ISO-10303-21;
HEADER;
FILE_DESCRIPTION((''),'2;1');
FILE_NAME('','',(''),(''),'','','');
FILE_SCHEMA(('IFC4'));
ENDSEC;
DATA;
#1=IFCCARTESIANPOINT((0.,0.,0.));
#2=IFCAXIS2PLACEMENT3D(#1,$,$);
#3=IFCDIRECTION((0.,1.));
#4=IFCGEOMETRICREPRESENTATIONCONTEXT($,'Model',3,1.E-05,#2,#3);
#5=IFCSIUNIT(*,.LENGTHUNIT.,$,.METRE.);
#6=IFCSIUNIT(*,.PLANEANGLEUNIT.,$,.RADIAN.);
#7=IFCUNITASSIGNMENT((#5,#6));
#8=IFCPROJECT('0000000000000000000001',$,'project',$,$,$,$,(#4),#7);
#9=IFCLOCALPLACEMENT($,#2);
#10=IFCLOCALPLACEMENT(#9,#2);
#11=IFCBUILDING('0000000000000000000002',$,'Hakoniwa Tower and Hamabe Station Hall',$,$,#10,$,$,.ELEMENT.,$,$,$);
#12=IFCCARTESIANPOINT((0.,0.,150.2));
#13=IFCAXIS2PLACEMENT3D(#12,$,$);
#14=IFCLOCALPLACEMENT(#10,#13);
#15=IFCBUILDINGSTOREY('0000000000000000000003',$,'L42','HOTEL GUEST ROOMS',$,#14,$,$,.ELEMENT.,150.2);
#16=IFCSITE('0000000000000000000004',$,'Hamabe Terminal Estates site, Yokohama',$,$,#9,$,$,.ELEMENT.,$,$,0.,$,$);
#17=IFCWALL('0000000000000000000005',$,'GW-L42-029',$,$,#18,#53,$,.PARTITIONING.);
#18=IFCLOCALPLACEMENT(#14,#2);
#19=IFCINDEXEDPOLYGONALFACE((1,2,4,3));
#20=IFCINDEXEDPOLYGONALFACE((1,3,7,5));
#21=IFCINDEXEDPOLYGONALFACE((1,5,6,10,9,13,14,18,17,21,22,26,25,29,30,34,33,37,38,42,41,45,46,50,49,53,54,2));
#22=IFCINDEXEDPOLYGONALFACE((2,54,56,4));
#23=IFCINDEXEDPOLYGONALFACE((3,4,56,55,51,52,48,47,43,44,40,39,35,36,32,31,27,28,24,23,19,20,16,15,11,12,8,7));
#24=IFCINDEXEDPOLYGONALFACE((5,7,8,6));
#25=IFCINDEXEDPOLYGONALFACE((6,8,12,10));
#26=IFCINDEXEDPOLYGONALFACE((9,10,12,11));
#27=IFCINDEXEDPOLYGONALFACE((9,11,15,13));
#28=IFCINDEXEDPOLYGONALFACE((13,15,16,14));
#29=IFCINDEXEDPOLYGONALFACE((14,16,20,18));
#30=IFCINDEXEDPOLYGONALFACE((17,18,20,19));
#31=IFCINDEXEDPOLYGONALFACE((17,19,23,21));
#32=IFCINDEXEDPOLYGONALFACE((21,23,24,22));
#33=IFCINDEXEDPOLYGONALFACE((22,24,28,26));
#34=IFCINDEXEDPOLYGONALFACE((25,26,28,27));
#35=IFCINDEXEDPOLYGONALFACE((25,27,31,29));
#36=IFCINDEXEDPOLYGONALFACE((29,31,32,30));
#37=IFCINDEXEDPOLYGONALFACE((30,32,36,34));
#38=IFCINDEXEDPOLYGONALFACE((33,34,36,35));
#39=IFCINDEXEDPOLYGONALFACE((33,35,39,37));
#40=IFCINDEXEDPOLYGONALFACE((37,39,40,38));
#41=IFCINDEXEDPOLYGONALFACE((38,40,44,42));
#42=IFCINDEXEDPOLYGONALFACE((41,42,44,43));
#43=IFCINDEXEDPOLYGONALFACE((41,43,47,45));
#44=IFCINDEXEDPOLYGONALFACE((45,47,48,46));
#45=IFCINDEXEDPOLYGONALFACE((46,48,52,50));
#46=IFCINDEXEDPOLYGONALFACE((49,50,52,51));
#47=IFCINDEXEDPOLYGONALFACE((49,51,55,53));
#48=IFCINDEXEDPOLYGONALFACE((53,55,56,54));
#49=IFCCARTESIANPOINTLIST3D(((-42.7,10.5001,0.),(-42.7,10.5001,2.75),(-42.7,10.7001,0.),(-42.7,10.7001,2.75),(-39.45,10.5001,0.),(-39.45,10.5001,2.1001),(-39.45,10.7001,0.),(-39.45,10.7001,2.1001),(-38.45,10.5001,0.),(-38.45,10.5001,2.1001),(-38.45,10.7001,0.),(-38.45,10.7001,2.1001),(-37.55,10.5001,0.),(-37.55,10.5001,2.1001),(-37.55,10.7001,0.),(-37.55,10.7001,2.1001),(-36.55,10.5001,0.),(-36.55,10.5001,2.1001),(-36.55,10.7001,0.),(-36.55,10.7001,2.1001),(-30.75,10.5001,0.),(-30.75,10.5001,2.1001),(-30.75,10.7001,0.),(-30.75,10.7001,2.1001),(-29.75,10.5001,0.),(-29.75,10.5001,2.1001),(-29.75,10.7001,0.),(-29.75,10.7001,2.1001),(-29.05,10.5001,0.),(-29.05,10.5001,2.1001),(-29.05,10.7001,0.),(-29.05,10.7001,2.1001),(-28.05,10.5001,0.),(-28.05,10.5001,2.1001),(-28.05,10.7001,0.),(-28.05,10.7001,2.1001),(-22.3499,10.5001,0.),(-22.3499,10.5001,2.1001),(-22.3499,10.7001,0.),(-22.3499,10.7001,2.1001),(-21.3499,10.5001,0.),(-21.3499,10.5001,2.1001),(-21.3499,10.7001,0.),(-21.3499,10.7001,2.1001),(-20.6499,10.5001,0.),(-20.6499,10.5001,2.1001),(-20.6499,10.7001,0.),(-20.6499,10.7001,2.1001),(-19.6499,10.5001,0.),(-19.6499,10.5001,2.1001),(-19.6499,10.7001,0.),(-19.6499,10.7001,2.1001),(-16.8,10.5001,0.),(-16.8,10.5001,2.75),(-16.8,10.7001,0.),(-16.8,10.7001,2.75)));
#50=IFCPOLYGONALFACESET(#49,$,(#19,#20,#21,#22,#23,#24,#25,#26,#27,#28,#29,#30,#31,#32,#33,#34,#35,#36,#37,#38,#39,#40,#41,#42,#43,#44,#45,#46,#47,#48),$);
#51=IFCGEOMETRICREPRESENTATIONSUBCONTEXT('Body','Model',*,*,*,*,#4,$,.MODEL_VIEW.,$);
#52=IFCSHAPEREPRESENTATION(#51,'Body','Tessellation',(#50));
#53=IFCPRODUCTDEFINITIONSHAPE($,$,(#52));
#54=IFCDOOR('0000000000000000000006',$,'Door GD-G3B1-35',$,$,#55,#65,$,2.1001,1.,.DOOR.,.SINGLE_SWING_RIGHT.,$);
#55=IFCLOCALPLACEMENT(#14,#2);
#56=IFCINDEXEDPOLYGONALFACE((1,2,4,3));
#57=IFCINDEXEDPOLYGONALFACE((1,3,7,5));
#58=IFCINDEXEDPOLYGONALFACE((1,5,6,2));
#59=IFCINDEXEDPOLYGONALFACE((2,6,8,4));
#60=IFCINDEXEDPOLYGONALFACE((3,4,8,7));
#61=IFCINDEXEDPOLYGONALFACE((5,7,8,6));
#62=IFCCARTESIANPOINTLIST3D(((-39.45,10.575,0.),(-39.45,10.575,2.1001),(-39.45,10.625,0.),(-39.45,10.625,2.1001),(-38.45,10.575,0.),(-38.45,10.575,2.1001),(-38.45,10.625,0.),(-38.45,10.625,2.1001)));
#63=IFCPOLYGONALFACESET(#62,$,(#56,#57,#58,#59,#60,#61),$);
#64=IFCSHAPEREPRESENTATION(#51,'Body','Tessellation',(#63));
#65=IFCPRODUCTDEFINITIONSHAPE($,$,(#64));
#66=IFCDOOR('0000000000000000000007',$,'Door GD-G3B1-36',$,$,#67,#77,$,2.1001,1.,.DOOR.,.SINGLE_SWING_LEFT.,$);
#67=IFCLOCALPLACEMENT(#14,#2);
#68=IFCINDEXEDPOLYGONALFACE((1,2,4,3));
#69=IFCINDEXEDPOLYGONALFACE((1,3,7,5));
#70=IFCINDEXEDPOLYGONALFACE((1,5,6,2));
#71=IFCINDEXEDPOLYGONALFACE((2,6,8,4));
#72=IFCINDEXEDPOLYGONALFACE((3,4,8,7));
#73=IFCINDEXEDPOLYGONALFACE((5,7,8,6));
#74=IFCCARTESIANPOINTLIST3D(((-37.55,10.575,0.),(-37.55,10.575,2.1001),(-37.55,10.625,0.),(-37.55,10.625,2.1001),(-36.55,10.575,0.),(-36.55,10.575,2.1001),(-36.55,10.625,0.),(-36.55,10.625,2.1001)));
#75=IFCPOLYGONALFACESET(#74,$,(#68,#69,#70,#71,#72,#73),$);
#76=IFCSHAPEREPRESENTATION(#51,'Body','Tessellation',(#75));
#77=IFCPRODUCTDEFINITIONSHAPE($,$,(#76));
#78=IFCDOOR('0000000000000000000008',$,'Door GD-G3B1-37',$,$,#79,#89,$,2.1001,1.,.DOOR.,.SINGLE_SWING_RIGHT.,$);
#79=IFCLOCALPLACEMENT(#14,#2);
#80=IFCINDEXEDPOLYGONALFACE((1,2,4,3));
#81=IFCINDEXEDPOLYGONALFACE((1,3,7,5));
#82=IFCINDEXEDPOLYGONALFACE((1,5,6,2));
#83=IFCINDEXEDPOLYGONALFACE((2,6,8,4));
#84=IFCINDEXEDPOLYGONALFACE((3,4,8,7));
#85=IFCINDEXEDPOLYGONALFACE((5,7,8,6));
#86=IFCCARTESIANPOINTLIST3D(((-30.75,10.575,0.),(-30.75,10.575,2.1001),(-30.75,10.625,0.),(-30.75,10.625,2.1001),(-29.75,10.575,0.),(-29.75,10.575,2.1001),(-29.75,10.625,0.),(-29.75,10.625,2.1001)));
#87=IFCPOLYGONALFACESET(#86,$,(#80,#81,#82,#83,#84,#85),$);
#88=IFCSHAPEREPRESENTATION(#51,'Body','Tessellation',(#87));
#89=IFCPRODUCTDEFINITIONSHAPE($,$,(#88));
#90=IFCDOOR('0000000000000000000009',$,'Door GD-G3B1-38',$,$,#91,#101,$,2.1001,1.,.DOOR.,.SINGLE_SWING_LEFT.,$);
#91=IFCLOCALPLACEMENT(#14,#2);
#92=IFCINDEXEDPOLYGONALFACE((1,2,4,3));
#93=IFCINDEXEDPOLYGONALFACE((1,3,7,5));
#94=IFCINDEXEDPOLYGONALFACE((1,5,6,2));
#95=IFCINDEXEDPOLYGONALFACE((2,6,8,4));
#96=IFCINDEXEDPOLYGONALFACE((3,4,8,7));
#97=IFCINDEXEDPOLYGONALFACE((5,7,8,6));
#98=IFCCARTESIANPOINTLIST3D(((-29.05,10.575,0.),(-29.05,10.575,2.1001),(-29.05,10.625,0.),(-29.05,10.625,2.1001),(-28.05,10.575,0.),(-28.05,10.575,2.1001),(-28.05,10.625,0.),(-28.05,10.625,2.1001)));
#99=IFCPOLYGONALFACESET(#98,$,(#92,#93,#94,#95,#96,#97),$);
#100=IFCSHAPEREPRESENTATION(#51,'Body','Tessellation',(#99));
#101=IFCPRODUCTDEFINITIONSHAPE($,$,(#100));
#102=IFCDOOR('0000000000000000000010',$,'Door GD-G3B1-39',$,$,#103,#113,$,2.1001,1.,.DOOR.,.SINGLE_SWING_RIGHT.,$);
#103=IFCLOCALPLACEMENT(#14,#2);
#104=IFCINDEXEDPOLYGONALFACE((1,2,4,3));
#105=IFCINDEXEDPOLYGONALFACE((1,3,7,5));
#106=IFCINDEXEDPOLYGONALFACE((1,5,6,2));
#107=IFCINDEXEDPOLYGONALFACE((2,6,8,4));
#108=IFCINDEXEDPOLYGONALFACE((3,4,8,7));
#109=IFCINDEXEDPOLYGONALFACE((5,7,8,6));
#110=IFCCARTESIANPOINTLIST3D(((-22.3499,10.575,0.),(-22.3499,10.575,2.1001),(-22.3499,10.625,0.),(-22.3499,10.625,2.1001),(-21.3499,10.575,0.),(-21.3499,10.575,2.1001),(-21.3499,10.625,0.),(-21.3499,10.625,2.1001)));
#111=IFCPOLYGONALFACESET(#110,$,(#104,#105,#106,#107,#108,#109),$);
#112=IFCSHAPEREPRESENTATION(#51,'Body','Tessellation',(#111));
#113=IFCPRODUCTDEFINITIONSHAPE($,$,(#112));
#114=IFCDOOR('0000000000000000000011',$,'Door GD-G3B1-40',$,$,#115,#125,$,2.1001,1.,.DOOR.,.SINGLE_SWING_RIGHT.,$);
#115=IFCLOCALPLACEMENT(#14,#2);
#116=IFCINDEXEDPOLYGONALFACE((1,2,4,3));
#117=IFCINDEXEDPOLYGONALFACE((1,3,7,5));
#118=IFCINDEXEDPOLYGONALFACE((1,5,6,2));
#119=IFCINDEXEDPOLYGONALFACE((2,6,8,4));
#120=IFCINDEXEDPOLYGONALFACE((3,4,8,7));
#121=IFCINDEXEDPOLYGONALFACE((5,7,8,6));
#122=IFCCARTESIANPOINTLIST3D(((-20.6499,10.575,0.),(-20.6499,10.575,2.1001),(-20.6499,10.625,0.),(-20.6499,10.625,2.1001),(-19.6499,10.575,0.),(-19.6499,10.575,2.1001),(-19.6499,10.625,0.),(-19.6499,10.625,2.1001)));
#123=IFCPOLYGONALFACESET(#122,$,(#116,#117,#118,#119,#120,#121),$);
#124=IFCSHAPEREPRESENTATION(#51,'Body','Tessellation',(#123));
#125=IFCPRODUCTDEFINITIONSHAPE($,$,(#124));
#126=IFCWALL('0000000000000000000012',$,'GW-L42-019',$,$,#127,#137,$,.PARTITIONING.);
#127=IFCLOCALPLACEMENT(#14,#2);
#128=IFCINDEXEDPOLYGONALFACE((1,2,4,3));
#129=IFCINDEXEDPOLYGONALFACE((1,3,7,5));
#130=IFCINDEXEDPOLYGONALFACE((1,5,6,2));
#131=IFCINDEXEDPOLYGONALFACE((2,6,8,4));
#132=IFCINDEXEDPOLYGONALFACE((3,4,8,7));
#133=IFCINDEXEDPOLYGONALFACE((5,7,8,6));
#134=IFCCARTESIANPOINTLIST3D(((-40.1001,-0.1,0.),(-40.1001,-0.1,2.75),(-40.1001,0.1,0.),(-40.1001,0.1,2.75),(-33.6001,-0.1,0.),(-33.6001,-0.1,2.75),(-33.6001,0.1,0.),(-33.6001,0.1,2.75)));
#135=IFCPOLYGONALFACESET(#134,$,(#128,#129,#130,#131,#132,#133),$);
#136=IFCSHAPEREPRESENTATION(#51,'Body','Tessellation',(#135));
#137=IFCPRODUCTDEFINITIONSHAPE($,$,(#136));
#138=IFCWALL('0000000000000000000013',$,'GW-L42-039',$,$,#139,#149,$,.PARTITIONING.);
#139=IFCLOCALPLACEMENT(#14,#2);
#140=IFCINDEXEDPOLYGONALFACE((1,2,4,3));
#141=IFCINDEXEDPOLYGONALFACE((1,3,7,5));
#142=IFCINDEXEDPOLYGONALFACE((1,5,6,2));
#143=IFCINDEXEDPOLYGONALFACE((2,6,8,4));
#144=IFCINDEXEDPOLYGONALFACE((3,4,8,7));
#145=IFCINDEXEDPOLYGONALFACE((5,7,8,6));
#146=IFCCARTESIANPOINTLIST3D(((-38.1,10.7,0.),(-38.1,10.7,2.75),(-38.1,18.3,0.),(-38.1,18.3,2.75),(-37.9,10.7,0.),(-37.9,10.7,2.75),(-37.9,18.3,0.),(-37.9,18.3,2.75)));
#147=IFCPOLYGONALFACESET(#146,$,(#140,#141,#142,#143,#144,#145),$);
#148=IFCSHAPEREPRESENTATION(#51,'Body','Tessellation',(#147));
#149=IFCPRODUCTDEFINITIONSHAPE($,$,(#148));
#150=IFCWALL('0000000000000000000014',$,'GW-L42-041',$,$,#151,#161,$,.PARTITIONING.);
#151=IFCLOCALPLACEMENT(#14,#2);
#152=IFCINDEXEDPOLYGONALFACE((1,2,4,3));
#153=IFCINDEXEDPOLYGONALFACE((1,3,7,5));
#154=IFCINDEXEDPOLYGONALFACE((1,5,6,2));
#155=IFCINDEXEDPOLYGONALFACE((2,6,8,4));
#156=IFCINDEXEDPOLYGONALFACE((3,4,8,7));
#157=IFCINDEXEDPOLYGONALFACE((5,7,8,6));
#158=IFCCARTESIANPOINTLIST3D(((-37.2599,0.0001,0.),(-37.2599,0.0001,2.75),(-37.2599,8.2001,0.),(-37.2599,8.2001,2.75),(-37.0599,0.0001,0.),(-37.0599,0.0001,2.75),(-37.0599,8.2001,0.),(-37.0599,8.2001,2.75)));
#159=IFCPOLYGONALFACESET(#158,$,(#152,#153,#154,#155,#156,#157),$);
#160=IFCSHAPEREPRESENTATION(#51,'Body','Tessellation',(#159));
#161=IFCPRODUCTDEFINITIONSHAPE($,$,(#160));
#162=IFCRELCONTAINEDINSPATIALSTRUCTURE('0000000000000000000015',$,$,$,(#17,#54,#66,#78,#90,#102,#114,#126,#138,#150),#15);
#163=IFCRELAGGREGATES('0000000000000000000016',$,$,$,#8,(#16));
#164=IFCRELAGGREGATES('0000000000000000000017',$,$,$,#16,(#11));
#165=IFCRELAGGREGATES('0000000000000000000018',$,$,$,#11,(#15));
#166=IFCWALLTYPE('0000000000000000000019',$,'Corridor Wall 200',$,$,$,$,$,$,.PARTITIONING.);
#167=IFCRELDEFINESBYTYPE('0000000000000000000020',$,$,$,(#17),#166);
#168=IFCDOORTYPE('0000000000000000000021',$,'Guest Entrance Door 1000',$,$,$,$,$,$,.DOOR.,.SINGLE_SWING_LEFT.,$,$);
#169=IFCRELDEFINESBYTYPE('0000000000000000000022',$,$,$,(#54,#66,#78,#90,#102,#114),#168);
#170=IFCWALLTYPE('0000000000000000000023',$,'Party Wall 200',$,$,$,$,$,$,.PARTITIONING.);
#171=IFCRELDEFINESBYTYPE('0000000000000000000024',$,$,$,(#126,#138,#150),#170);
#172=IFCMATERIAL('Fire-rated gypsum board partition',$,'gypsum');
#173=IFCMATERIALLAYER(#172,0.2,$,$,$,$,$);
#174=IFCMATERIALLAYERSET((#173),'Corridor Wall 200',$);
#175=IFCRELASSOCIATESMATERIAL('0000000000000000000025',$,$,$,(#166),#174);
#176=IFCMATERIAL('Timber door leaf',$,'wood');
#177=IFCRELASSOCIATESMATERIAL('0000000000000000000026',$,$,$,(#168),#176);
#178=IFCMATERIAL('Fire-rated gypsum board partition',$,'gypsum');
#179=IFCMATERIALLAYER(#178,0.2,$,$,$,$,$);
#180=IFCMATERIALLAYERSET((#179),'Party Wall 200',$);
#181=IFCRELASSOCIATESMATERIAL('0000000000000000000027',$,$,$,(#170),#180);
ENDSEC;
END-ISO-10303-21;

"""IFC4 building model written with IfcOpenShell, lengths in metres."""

from ifc_helpers import new_model, si_unit, direction, frame, frame_2d, origin, place, context, subcontext, project, spatial, rectangle, extrude, material, layer, layer_set, type_object, element, fill, save


model = new_model("IFC4")

# Units and contexts
model_context = context("Model", 3, precision=1e-05, world=origin(), true_north=direction((0.0, 1.0)))
body_context = subcontext(model_context, "Body", "Model", "MODEL_VIEW")
ifc_project = project(units=[si_unit("LENGTHUNIT", "METRE"), si_unit("PLANEANGLEUNIT", "RADIAN")], contexts=[model_context])

# Site, building, storey
site_placement = place(None, origin())
site = spatial("IfcSite", under=ifc_project, at=site_placement, Name="Hamabe Terminal Estates site, Yokohama", CompositionType="ELEMENT", RefElevation=0.0)
building_placement = place(site_placement, origin())
building = spatial("IfcBuilding", under=site, at=building_placement, Name="Hakoniwa Tower and Hamabe Station Hall", CompositionType="ELEMENT")
storey_placement = place(building_placement, frame((0.0, 0.0, 150.2)))
storey = spatial("IfcBuildingStorey", under=building, at=storey_placement, Name="L42", Description="HOTEL GUEST ROOMS", CompositionType="ELEMENT", Elevation=150.2)

# Wall, openings, doors
ifc_material_1 = material(Name="Fire-rated gypsum board partition", Category="gypsum")
ifc_layer_1 = layer(ifc_material_1, 0.2)
ifc_layer_set_1 = layer_set([ifc_layer_1], Name="Corridor Wall 200")
wall_type_1 = type_object("IfcWallType", Name="Corridor Wall 200", PredefinedType="PARTITIONING", material=ifc_layer_set_1)
wall_1_placement = place(storey_placement, frame((-42.7, 10.6001, 0.0), z_axis=(0.0, 0.0, 1.0), x_axis=(1.0, 0.0, 0.0)))
wall_1 = element("IfcWall", 1, at=wall_1_placement, inside=storey, type_object=wall_type_1, Name="GW-L42-029", PredefinedType="PARTITIONING", context=body_context, shape_type="SweptSolid", body=[
    extrude(rectangle(XDim=25.8999, YDim=0.2, at=frame_2d((12.95, 0.0))), origin(), (0.0, 0.0, 1.0), 2.75),
])
opening_1_placement = place(wall_1_placement, frame((3.25, 0.0, 0.0)))
opening_1 = element("IfcOpeningElement", 2, at=opening_1_placement, cuts=wall_1, PredefinedType="OPENING", context=body_context, shape_type="SweptSolid", body=[
    extrude(rectangle(XDim=1.0, YDim=2.1001, at=frame_2d((0.5, 1.05))), frame((0.0, 0.1099, 0.0), z_axis=(0.0, -1.0, 0.0), x_axis=(1.0, 0.0, 0.0)), (0.0, 0.0, 1.0), 0.22),
])
opening_2_placement = place(wall_1_placement, frame((5.1499, 0.0, 0.0)))
opening_2 = element("IfcOpeningElement", 3, at=opening_2_placement, cuts=wall_1, PredefinedType="OPENING", context=body_context, shape_type="SweptSolid", body=[
    extrude(rectangle(XDim=1.0, YDim=2.1001, at=frame_2d((0.5, 1.05))), frame((0.0, 0.1099, 0.0), z_axis=(0.0, -1.0, 0.0), x_axis=(1.0, 0.0, 0.0)), (0.0, 0.0, 1.0), 0.22),
])
opening_3_placement = place(wall_1_placement, frame((11.95, 0.0, 0.0)))
opening_3 = element("IfcOpeningElement", 4, at=opening_3_placement, cuts=wall_1, PredefinedType="OPENING", context=body_context, shape_type="SweptSolid", body=[
    extrude(rectangle(XDim=1.0, YDim=2.1001, at=frame_2d((0.5, 1.05))), frame((0.0, 0.1099, 0.0), z_axis=(0.0, -1.0, 0.0), x_axis=(1.0, 0.0, 0.0)), (0.0, 0.0, 1.0), 0.22),
])
opening_4_placement = place(wall_1_placement, frame((13.6499, 0.0, 0.0)))
opening_4 = element("IfcOpeningElement", 5, at=opening_4_placement, cuts=wall_1, PredefinedType="OPENING", context=body_context, shape_type="SweptSolid", body=[
    extrude(rectangle(XDim=1.0, YDim=2.1001, at=frame_2d((0.5, 1.05))), frame((0.0, 0.1099, 0.0), z_axis=(0.0, -1.0, 0.0), x_axis=(1.0, 0.0, 0.0)), (0.0, 0.0, 1.0), 0.22),
])
opening_5_placement = place(wall_1_placement, frame((20.3501, 0.0, 0.0)))
opening_5 = element("IfcOpeningElement", 6, at=opening_5_placement, cuts=wall_1, PredefinedType="OPENING", context=body_context, shape_type="SweptSolid", body=[
    extrude(rectangle(XDim=1.0, YDim=2.1001, at=frame_2d((0.5, 1.05))), frame((0.0, 0.1099, 0.0), z_axis=(0.0, -1.0, 0.0), x_axis=(1.0, 0.0, 0.0)), (0.0, 0.0, 1.0), 0.22),
])
opening_6_placement = place(wall_1_placement, frame((22.05, 0.0, 0.0)))
opening_6 = element("IfcOpeningElement", 7, at=opening_6_placement, cuts=wall_1, PredefinedType="OPENING", context=body_context, shape_type="SweptSolid", body=[
    extrude(rectangle(XDim=1.0, YDim=2.1001, at=frame_2d((0.5, 1.05))), frame((0.0, 0.1099, 0.0), z_axis=(0.0, -1.0, 0.0), x_axis=(1.0, 0.0, 0.0)), (0.0, 0.0, 1.0), 0.22),
])
ifc_material_2 = material(Name="Timber door leaf", Category="wood")
door_type_1 = type_object("IfcDoorType", Name="Guest Entrance Door 1000", OperationType="SINGLE_SWING_LEFT", PredefinedType="DOOR", material=ifc_material_2)
door_1_placement = place(opening_1_placement, origin())
door_1 = element("IfcDoor", 8, at=door_1_placement, inside=storey, type_object=door_type_1, Name="Door GD-G3B1-35", OperationType="SINGLE_SWING_RIGHT", OverallHeight=2.1001, OverallWidth=1.0, PredefinedType="DOOR", context=body_context, shape_type="SweptSolid", body=[
    extrude(rectangle(XDim=1.0, YDim=2.1001, at=frame_2d((0.5, 1.05))), frame((0.0, 0.0249, 0.0), z_axis=(0.0, -1.0, 0.0), x_axis=(1.0, 0.0, 0.0)), (0.0, 0.0, 1.0), 0.05),
])
fill(opening_1, door_1)
door_2_placement = place(opening_2_placement, origin())
door_2 = element("IfcDoor", 9, at=door_2_placement, inside=storey, type_object=door_type_1, Name="Door GD-G3B1-36", OperationType="SINGLE_SWING_LEFT", OverallHeight=2.1001, OverallWidth=1.0, PredefinedType="DOOR", context=body_context, shape_type="SweptSolid", body=[
    extrude(rectangle(XDim=1.0, YDim=2.1001, at=frame_2d((0.5, 1.05))), frame((0.0, 0.0249, 0.0), z_axis=(0.0, -1.0, 0.0), x_axis=(1.0, 0.0, 0.0)), (0.0, 0.0, 1.0), 0.05),
])
fill(opening_2, door_2)
door_3_placement = place(opening_3_placement, origin())
door_3 = element("IfcDoor", 10, at=door_3_placement, inside=storey, type_object=door_type_1, Name="Door GD-G3B1-37", OperationType="SINGLE_SWING_RIGHT", OverallHeight=2.1001, OverallWidth=1.0, PredefinedType="DOOR", context=body_context, shape_type="SweptSolid", body=[
    extrude(rectangle(XDim=1.0, YDim=2.1001, at=frame_2d((0.5, 1.05))), frame((0.0, 0.0249, 0.0), z_axis=(0.0, -1.0, 0.0), x_axis=(1.0, 0.0, 0.0)), (0.0, 0.0, 1.0), 0.05),
])
fill(opening_3, door_3)
door_4_placement = place(opening_4_placement, origin())
door_4 = element("IfcDoor", 11, at=door_4_placement, inside=storey, type_object=door_type_1, Name="Door GD-G3B1-38", OperationType="SINGLE_SWING_LEFT", OverallHeight=2.1001, OverallWidth=1.0, PredefinedType="DOOR", context=body_context, shape_type="SweptSolid", body=[
    extrude(rectangle(XDim=1.0, YDim=2.1001, at=frame_2d((0.5, 1.05))), frame((0.0, 0.0249, 0.0), z_axis=(0.0, -1.0, 0.0), x_axis=(1.0, 0.0, 0.0)), (0.0, 0.0, 1.0), 0.05),
])
fill(opening_4, door_4)
door_5_placement = place(opening_5_placement, origin())
door_5 = element("IfcDoor", 12, at=door_5_placement, inside=storey, type_object=door_type_1, Name="Door GD-G3B1-39", OperationType="SINGLE_SWING_RIGHT", OverallHeight=2.1001, OverallWidth=1.0, PredefinedType="DOOR", context=body_context, shape_type="SweptSolid", body=[
    extrude(rectangle(XDim=1.0, YDim=2.1001, at=frame_2d((0.5, 1.05))), frame((0.0, 0.0249, 0.0), z_axis=(0.0, -1.0, 0.0), x_axis=(1.0, 0.0, 0.0)), (0.0, 0.0, 1.0), 0.05),
])
fill(opening_5, door_5)
door_6_placement = place(opening_6_placement, origin())
door_6 = element("IfcDoor", 13, at=door_6_placement, inside=storey, type_object=door_type_1, Name="Door GD-G3B1-40", OperationType="SINGLE_SWING_RIGHT", OverallHeight=2.1001, OverallWidth=1.0, PredefinedType="DOOR", context=body_context, shape_type="SweptSolid", body=[
    extrude(rectangle(XDim=1.0, YDim=2.1001, at=frame_2d((0.5, 1.05))), frame((0.0, 0.0249, 0.0), z_axis=(0.0, -1.0, 0.0), x_axis=(1.0, 0.0, 0.0)), (0.0, 0.0, 1.0), 0.05),
])
fill(opening_6, door_6)

# Walls
ifc_material_3 = material(Name="Fire-rated gypsum board partition", Category="gypsum")
ifc_layer_2 = layer(ifc_material_3, 0.2)
ifc_layer_set_2 = layer_set([ifc_layer_2], Name="Party Wall 200")
wall_type_2 = type_object("IfcWallType", Name="Party Wall 200", PredefinedType="PARTITIONING", material=ifc_layer_set_2)
wall_2_placement = place(storey_placement, frame((-40.1001, 0.0, 0.0), z_axis=(0.0, 0.0, 1.0), x_axis=(1.0, 0.0, 0.0)))
element("IfcWall", 14, at=wall_2_placement, inside=storey, type_object=wall_type_2, Name="GW-L42-019", PredefinedType="PARTITIONING", context=body_context, shape_type="SweptSolid", body=[
    extrude(rectangle(XDim=6.5, YDim=0.2, at=frame_2d((3.25, 0.0))), origin(), (0.0, 0.0, 1.0), 2.75),
])
wall_3_placement = place(storey_placement, frame((-38.0, 10.7, 0.0), z_axis=(0.0, 0.0, 1.0), x_axis=(0.0, 1.0, 0.0)))
element("IfcWall", 15, at=wall_3_placement, inside=storey, type_object=wall_type_2, Name="GW-L42-039", PredefinedType="PARTITIONING", context=body_context, shape_type="SweptSolid", body=[
    extrude(rectangle(XDim=7.6001, YDim=0.2, at=frame_2d((3.8, 0.0))), origin(), (0.0, 0.0, 1.0), 2.75),
])
wall_4_placement = place(storey_placement, frame((-37.1599, 0.0, 0.0), z_axis=(0.0, 0.0, 1.0), x_axis=(0.0, 1.0, 0.0)))
element("IfcWall", 16, at=wall_4_placement, inside=storey, type_object=wall_type_2, Name="GW-L42-041", PredefinedType="PARTITIONING", context=body_context, shape_type="SweptSolid", body=[
    extrude(rectangle(XDim=8.2, YDim=0.2, at=frame_2d((4.1001, 0.0))), origin(), (0.0, 0.0, 1.0), 2.75),
])

save(model, "model.ifc")
